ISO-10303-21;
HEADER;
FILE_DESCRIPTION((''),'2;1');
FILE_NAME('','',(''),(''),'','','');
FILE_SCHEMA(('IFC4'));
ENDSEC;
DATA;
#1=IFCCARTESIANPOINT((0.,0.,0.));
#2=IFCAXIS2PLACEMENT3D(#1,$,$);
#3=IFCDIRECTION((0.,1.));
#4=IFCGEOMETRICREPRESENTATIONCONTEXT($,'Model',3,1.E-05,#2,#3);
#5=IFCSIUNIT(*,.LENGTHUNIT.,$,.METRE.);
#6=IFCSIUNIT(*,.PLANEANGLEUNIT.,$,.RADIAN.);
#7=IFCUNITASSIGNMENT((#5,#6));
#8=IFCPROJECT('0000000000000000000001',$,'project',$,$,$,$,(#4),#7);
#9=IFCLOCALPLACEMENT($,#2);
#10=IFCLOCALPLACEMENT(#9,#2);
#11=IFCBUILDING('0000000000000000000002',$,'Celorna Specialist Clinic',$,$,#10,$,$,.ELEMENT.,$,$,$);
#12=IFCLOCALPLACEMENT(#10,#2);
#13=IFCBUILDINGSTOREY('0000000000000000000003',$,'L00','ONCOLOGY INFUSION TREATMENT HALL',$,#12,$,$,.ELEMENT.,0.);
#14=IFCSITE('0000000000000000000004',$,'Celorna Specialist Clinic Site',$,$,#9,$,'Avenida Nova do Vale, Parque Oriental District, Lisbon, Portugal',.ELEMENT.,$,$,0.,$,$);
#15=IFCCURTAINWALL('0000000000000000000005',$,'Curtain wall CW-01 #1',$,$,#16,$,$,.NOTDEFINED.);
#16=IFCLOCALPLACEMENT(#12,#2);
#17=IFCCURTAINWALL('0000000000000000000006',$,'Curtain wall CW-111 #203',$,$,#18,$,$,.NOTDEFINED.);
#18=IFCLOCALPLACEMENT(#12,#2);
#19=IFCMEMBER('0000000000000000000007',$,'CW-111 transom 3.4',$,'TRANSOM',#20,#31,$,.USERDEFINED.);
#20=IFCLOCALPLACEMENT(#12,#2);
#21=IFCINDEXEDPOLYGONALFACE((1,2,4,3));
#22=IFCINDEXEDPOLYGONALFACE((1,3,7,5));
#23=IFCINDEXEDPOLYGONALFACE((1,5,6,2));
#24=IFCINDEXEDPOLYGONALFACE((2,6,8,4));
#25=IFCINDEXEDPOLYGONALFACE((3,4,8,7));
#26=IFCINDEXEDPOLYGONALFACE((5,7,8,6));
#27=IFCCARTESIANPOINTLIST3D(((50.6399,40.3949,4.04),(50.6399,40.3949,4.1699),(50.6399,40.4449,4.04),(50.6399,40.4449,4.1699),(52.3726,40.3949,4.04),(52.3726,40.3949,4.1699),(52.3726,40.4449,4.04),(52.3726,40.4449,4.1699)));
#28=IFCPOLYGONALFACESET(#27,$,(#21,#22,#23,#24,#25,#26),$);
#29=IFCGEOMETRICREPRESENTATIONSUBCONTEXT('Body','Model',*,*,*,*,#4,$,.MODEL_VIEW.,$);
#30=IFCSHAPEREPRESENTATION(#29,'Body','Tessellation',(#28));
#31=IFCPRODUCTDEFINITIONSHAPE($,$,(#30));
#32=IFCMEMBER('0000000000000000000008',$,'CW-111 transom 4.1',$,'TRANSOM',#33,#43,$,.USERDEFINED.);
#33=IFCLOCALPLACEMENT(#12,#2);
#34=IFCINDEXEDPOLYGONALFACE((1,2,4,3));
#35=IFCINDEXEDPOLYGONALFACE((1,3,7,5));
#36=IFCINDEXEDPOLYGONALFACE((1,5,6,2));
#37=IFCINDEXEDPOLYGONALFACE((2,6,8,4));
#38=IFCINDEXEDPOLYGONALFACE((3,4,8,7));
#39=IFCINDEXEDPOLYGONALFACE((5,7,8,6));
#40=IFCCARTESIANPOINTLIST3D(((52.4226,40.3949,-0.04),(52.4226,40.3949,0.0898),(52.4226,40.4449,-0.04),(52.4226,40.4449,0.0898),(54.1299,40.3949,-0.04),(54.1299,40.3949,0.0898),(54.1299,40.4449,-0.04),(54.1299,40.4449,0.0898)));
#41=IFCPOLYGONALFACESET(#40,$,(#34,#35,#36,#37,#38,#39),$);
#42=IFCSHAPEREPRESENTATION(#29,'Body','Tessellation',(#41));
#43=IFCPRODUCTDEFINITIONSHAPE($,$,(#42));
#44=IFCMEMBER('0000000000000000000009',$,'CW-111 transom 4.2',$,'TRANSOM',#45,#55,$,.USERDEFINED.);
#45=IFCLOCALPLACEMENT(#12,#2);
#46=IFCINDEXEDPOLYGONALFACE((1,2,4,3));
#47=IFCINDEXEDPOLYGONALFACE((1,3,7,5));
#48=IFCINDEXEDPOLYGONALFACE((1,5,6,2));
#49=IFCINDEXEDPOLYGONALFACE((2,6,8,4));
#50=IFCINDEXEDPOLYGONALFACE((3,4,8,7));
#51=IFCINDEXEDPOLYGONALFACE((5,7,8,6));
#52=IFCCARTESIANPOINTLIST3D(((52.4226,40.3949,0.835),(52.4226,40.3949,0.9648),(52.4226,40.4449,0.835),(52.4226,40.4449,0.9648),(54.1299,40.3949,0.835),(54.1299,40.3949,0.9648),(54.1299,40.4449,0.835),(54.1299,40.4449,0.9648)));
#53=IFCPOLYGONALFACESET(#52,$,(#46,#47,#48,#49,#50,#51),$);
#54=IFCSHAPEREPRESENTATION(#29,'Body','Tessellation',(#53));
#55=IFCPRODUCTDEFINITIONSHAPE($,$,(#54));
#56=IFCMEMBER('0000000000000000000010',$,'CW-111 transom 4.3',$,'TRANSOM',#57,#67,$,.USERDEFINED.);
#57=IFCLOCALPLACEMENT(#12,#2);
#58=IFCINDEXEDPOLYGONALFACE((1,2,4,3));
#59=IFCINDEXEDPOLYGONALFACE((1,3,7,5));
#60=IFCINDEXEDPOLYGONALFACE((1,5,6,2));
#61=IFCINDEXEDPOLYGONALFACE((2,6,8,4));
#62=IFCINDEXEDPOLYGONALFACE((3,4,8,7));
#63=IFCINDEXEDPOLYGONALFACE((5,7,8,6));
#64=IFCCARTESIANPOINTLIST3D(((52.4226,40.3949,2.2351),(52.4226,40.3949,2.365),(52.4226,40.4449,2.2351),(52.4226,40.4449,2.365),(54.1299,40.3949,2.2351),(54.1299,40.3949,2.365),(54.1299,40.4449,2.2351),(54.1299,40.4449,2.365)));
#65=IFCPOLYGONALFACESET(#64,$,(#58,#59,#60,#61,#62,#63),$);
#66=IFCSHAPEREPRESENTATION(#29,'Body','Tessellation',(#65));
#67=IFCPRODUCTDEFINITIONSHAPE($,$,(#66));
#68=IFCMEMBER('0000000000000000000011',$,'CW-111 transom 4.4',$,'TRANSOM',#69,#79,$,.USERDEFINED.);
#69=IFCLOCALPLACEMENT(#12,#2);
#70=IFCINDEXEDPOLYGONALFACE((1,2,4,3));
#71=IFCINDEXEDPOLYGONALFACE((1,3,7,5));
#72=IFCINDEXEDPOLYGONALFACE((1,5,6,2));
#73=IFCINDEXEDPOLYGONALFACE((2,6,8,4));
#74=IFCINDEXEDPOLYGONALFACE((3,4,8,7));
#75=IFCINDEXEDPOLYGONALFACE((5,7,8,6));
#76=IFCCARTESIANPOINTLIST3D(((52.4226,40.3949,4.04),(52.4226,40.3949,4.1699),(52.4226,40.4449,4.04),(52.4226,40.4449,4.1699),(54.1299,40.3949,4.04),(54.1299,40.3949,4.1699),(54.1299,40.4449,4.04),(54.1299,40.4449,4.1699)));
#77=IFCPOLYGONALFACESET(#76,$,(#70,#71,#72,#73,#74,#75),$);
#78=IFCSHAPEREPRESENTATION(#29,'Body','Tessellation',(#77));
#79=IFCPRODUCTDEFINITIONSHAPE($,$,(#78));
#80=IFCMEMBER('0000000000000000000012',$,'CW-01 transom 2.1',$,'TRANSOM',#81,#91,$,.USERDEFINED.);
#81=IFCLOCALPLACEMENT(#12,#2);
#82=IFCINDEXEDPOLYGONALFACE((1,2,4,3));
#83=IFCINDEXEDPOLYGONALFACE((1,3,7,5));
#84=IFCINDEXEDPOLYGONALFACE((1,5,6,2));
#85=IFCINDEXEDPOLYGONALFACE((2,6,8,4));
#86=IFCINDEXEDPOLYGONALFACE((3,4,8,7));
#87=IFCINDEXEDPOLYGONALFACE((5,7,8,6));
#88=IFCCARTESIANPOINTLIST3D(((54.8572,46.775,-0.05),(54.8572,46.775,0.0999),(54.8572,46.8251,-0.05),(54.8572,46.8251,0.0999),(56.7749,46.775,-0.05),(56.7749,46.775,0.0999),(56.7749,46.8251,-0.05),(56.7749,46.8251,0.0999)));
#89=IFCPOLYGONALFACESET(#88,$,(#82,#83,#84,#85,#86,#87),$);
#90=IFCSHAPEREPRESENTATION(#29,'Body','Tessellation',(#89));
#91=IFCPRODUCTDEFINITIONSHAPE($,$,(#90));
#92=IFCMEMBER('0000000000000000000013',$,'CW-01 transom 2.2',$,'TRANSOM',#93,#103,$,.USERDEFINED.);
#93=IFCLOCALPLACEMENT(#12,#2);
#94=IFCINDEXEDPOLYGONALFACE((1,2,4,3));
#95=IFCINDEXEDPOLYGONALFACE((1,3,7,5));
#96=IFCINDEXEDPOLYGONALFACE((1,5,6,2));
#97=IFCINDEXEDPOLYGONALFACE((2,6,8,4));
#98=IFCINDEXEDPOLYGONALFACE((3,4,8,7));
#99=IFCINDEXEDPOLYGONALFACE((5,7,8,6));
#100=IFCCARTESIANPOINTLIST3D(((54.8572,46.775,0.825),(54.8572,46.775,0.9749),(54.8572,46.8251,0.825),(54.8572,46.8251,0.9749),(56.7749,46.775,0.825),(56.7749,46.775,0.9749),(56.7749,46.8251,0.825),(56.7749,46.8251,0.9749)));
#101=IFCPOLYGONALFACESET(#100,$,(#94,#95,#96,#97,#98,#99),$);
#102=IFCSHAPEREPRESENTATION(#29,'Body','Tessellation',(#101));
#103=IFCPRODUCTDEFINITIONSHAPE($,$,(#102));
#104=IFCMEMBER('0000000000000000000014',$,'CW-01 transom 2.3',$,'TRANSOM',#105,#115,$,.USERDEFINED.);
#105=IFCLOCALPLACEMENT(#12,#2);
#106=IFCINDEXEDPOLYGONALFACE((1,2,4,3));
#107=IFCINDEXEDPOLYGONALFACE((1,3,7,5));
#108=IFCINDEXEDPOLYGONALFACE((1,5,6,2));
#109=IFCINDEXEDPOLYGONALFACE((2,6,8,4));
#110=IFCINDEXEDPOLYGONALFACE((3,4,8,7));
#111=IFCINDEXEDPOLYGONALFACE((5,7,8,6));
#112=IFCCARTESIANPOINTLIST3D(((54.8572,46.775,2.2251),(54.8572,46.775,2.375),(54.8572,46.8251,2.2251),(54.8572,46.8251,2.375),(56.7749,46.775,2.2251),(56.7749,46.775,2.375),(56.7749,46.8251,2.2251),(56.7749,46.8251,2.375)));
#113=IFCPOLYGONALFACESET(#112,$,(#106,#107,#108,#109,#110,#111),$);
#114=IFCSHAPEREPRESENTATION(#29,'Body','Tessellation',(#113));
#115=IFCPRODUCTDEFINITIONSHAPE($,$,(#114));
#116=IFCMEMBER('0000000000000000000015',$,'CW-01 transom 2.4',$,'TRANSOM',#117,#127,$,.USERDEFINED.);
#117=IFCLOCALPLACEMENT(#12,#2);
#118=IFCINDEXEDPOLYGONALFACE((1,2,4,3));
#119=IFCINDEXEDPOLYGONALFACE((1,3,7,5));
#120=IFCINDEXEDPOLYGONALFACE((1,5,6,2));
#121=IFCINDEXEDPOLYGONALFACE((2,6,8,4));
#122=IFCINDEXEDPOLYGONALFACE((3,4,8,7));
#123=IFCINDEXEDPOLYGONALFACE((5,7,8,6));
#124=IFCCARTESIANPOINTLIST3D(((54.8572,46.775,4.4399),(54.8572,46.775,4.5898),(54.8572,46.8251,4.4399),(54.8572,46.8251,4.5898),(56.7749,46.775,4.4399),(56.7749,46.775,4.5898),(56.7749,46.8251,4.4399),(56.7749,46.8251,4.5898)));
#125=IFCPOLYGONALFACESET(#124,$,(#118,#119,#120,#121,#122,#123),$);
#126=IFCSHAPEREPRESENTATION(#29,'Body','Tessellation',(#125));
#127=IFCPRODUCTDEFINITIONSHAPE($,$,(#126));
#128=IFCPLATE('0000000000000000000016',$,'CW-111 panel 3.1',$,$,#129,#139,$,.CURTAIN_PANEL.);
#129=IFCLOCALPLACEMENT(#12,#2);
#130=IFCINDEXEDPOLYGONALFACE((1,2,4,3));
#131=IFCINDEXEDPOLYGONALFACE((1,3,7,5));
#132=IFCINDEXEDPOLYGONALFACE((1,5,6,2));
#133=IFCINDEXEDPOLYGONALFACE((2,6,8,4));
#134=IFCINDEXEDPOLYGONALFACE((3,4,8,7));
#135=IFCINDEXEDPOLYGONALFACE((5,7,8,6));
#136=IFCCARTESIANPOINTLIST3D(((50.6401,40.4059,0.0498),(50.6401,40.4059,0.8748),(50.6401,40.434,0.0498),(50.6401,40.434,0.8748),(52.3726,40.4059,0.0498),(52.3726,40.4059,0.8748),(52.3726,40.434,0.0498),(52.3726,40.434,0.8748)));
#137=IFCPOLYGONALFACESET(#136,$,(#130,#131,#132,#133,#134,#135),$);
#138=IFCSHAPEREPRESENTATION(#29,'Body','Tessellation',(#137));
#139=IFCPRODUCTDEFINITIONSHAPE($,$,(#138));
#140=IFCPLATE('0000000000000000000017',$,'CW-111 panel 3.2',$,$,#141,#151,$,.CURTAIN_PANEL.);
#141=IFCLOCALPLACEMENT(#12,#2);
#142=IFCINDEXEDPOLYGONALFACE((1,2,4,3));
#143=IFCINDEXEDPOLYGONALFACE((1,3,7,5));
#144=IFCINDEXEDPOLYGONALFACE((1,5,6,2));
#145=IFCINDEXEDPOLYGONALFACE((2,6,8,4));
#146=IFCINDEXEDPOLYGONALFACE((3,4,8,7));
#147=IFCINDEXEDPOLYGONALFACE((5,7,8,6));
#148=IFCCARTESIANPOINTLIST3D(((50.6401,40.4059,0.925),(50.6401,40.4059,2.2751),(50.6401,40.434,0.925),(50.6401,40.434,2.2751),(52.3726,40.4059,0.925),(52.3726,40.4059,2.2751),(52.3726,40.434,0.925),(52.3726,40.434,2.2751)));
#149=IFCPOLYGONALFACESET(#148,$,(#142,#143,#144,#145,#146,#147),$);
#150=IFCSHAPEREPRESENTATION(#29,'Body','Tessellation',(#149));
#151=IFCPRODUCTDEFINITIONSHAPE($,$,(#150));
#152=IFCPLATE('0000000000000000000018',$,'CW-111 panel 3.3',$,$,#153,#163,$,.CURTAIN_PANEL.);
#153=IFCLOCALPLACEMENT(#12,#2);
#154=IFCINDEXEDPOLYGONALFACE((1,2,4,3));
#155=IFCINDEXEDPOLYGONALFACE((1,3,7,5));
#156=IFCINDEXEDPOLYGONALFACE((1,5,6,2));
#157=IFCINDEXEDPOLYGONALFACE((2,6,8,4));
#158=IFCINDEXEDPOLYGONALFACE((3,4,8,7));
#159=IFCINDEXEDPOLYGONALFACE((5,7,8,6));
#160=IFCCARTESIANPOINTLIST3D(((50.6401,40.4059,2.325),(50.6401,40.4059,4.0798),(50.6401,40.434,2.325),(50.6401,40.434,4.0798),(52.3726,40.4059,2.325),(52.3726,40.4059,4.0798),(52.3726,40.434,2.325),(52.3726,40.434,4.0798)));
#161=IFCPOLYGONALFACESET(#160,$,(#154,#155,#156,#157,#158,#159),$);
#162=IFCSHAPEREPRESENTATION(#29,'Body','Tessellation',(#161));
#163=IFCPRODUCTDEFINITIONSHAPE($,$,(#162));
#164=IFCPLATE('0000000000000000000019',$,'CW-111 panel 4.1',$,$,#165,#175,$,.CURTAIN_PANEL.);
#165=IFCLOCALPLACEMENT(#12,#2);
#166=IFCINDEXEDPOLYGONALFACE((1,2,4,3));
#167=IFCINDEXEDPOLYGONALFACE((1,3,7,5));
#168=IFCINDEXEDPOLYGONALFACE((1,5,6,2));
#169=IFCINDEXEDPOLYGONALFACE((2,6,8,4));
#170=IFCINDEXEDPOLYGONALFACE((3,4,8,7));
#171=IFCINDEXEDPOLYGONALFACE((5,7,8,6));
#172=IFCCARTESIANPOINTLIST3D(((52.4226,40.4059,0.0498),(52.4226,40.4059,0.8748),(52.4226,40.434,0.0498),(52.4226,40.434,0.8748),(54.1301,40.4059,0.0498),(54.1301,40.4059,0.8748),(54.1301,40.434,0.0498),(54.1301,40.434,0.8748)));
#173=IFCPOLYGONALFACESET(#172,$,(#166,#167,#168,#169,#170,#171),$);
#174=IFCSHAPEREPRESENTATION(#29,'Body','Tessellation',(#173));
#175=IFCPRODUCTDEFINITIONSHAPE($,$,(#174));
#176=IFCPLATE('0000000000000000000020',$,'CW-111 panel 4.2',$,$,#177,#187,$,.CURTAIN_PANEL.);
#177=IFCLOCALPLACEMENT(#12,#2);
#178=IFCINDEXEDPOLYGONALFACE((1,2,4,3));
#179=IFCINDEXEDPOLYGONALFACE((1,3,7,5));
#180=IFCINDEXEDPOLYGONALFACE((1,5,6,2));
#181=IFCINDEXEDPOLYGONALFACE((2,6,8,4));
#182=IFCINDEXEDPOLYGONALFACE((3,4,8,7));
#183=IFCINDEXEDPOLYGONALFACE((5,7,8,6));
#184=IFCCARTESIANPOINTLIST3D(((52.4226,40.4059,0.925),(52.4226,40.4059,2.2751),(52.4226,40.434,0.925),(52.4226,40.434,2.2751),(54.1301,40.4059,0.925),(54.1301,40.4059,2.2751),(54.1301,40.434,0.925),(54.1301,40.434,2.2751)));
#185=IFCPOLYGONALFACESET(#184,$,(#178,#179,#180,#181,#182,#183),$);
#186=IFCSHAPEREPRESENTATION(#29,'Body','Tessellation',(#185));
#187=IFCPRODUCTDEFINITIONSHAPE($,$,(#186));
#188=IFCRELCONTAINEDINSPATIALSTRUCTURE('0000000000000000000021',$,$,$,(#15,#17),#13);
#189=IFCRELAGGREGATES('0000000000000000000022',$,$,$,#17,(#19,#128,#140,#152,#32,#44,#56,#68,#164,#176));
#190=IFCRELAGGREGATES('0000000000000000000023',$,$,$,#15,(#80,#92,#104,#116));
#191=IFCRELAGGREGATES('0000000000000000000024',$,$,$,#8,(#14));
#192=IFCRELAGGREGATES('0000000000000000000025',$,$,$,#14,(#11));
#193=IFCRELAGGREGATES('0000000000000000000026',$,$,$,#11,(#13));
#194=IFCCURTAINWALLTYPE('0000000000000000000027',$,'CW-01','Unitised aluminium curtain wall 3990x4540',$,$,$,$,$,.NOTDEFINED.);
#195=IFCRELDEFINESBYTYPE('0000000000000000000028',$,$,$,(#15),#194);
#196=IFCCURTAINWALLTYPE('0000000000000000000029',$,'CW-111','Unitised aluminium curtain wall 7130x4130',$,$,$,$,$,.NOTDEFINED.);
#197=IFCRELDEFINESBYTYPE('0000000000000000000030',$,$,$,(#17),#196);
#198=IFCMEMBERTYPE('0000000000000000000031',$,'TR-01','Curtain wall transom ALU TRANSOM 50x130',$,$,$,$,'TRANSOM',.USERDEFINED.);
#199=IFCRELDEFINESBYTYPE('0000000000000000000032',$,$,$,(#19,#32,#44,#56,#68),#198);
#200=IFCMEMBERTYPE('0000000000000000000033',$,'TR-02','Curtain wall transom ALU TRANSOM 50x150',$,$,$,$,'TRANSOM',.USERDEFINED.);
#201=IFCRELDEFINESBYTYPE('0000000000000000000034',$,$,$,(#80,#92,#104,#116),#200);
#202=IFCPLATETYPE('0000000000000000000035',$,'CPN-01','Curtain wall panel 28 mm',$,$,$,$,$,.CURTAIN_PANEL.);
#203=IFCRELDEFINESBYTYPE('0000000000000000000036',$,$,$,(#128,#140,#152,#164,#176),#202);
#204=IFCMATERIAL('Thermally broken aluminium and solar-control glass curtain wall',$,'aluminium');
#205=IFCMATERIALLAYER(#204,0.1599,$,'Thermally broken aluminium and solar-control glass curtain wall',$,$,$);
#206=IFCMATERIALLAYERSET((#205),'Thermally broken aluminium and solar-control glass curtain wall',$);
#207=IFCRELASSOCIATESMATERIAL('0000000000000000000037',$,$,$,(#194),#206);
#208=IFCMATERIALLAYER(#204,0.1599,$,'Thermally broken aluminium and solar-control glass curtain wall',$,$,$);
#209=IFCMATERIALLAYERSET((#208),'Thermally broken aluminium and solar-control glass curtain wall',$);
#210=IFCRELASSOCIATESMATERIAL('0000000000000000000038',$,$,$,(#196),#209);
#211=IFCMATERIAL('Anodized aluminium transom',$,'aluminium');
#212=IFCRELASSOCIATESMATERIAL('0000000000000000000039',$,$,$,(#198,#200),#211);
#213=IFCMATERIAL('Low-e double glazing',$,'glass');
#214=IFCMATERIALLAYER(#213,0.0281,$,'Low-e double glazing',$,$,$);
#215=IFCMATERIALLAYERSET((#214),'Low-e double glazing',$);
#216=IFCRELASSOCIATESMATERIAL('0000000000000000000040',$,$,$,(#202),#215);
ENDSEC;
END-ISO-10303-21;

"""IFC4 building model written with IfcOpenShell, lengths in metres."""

from ifc_helpers import new_model, si_unit, direction, frame, origin, origin_2d, place, context, subcontext, project, spatial, rectangle, extrude, material, layer, layer_set, material_profile, profile_set, type_object, element, aggregate, save


model = new_model("IFC4")

# Units and contexts
model_context = context("Model", 3, precision=1e-05, world=origin(), true_north=direction((0.0, 1.0)))
body_context = subcontext(model_context, "Body", "Model", "MODEL_VIEW")
ifc_project = project(units=[si_unit("LENGTHUNIT", "METRE"), si_unit("PLANEANGLEUNIT", "RADIAN")], contexts=[model_context])

# Site, building, storey
site_placement = place(None, origin())
site = spatial("IfcSite", under=ifc_project, at=site_placement, Name="Celorna Specialist Clinic Site", LongName="Avenida Nova do Vale, Parque Oriental District, Lisbon, Portugal", CompositionType="ELEMENT", RefElevation=0.0)
building_placement = place(site_placement, origin())
building = spatial("IfcBuilding", under=site, at=building_placement, Name="Celorna Specialist Clinic", CompositionType="ELEMENT")
storey_placement = place(building_placement, origin())
storey = spatial("IfcBuildingStorey", under=building, at=storey_placement, Name="L00", Description="ONCOLOGY INFUSION TREATMENT HALL", CompositionType="ELEMENT", Elevation=0.0)

# Curtain walls, members
ifc_material_1 = material(Name="Thermally broken aluminium and solar-control glass curtain wall", Category="aluminium")
ifc_layer_1 = layer(ifc_material_1, 0.1599, Name="Thermally broken aluminium and solar-control glass curtain wall")
ifc_layer_set_1 = layer_set([ifc_layer_1], Name="Thermally broken aluminium and solar-control glass curtain wall")
curtain_wall_type_1 = type_object("IfcCurtainWallType", Name="CW-01", Description="Unitised aluminium curtain wall 3990x4540", PredefinedType="NOTDEFINED", material=ifc_layer_set_1)
curtain_wall_1_placement = place(storey_placement, origin())
curtain_wall_1 = element("IfcCurtainWall", 1, at=curtain_wall_1_placement, inside=storey, type_object=curtain_wall_type_1, Name="Curtain wall CW-01 #1", PredefinedType="NOTDEFINED")
ifc_layer_2 = layer(ifc_material_1, 0.1599, Name="Thermally broken aluminium and solar-control glass curtain wall")
ifc_layer_set_2 = layer_set([ifc_layer_2], Name="Thermally broken aluminium and solar-control glass curtain wall")
curtain_wall_type_2 = type_object("IfcCurtainWallType", Name="CW-111", Description="Unitised aluminium curtain wall 7130x4130", PredefinedType="NOTDEFINED", material=ifc_layer_set_2)
curtain_wall_2_placement = place(storey_placement, origin())
curtain_wall_2 = element("IfcCurtainWall", 2, at=curtain_wall_2_placement, inside=storey, type_object=curtain_wall_type_2, Name="Curtain wall CW-111 #203", PredefinedType="NOTDEFINED")
ifc_material_2 = material(Name="Anodized aluminium transom", Category="aluminium")
ifc_material_profile_1 = material_profile(ifc_material_2, rectangle(XDim=0.05, YDim=0.1299, at=origin_2d()), Name="ALU TRANSOM 50x130")
ifc_profile_set_1 = profile_set([ifc_material_profile_1], Name="Anodized aluminium transom")
member_type_1 = type_object("IfcMemberType", Name="TR-01", Description="Curtain wall transom ALU TRANSOM 50x130", ElementType="TRANSOM", PredefinedType="USERDEFINED", material=ifc_profile_set_1)
member_1_placement = place(storey_placement, frame((50.6399, 40.4199, 4.105), z_axis=(1.0, 0.0, 0.0), x_axis=(0.0, 1.0, 0.0)))
member_1 = element("IfcMember", 3, at=member_1_placement, type_object=member_type_1, Name="CW-111 transom 3.4", ObjectType="TRANSOM", PredefinedType="USERDEFINED", context=body_context, shape_type="SweptSolid", body=[
    extrude(rectangle(XDim=0.05, YDim=0.1299, at=origin_2d()), origin(), (0.0, 0.0, 1.0), 1.7327),
])
member_2_placement = place(storey_placement, frame((52.4226, 40.4199, 0.0249), z_axis=(1.0, 0.0, 0.0), x_axis=(0.0, 1.0, 0.0)))
member_2 = element("IfcMember", 4, at=member_2_placement, type_object=member_type_1, Name="CW-111 transom 4.1", ObjectType="TRANSOM", PredefinedType="USERDEFINED", context=body_context, shape_type="SweptSolid", body=[
    extrude(rectangle(XDim=0.05, YDim=0.1299, at=origin_2d()), origin(), (0.0, 0.0, 1.0), 1.7073),
])
member_3_placement = place(storey_placement, frame((52.4226, 40.4199, 0.8999), z_axis=(1.0, 0.0, 0.0), x_axis=(0.0, 1.0, 0.0)))
member_3 = element("IfcMember", 5, at=member_3_placement, type_object=member_type_1, Name="CW-111 transom 4.2", ObjectType="TRANSOM", PredefinedType="USERDEFINED", context=body_context, shape_type="SweptSolid", body=[
    extrude(rectangle(XDim=0.05, YDim=0.1299, at=origin_2d()), origin(), (0.0, 0.0, 1.0), 1.7073),
])
member_4_placement = place(storey_placement, frame((52.4226, 40.4199, 2.3), z_axis=(1.0, 0.0, 0.0), x_axis=(0.0, 1.0, 0.0)))
member_4 = element("IfcMember", 6, at=member_4_placement, type_object=member_type_1, Name="CW-111 transom 4.3", ObjectType="TRANSOM", PredefinedType="USERDEFINED", context=body_context, shape_type="SweptSolid", body=[
    extrude(rectangle(XDim=0.05, YDim=0.1299, at=origin_2d()), origin(), (0.0, 0.0, 1.0), 1.7073),
])
member_5_placement = place(storey_placement, frame((52.4226, 40.4199, 4.105), z_axis=(1.0, 0.0, 0.0), x_axis=(0.0, 1.0, 0.0)))
member_5 = element("IfcMember", 7, at=member_5_placement, type_object=member_type_1, Name="CW-111 transom 4.4", ObjectType="TRANSOM", PredefinedType="USERDEFINED", context=body_context, shape_type="SweptSolid", body=[
    extrude(rectangle(XDim=0.05, YDim=0.1299, at=origin_2d()), origin(), (0.0, 0.0, 1.0), 1.7073),
])

# Members
ifc_material_profile_2 = material_profile(ifc_material_2, rectangle(XDim=0.05, YDim=0.1499, at=origin_2d()), Name="ALU TRANSOM 50x150")
ifc_profile_set_2 = profile_set([ifc_material_profile_2], Name="Anodized aluminium transom")
member_type_2 = type_object("IfcMemberType", Name="TR-02", Description="Curtain wall transom ALU TRANSOM 50x150", ElementType="TRANSOM", PredefinedType="USERDEFINED", material=ifc_profile_set_2)
member_6_placement = place(storey_placement, frame((56.7749, 46.8, 0.0249), z_axis=(-1.0, 0.0, 0.0), x_axis=(0.0, -1.0, 0.0)))
member_6 = element("IfcMember", 8, at=member_6_placement, type_object=member_type_2, Name="CW-01 transom 2.1", ObjectType="TRANSOM", PredefinedType="USERDEFINED", context=body_context, shape_type="SweptSolid", body=[
    extrude(rectangle(XDim=0.05, YDim=0.1499, at=origin_2d()), origin(), (0.0, 0.0, 1.0), 1.9177),
])
member_7_placement = place(storey_placement, frame((56.7749, 46.8, 0.8999), z_axis=(-1.0, 0.0, 0.0), x_axis=(0.0, -1.0, 0.0)))
member_7 = element("IfcMember", 9, at=member_7_placement, type_object=member_type_2, Name="CW-01 transom 2.2", ObjectType="TRANSOM", PredefinedType="USERDEFINED", context=body_context, shape_type="SweptSolid", body=[
    extrude(rectangle(XDim=0.05, YDim=0.1499, at=origin_2d()), origin(), (0.0, 0.0, 1.0), 1.9177),
])
member_8_placement = place(storey_placement, frame((56.7749, 46.8, 2.3), z_axis=(-1.0, 0.0, 0.0), x_axis=(0.0, -1.0, 0.0)))
member_8 = element("IfcMember", 10, at=member_8_placement, type_object=member_type_2, Name="CW-01 transom 2.3", ObjectType="TRANSOM", PredefinedType="USERDEFINED", context=body_context, shape_type="SweptSolid", body=[
    extrude(rectangle(XDim=0.05, YDim=0.1499, at=origin_2d()), origin(), (0.0, 0.0, 1.0), 1.9177),
])
member_9_placement = place(storey_placement, frame((56.7749, 46.8, 4.5149), z_axis=(-1.0, 0.0, 0.0), x_axis=(0.0, -1.0, 0.0)))
member_9 = element("IfcMember", 11, at=member_9_placement, type_object=member_type_2, Name="CW-01 transom 2.4", ObjectType="TRANSOM", PredefinedType="USERDEFINED", context=body_context, shape_type="SweptSolid", body=[
    extrude(rectangle(XDim=0.05, YDim=0.1499, at=origin_2d()), origin(), (0.0, 0.0, 1.0), 1.9177),
])

# Plates
ifc_material_3 = material(Name="Low-e double glazing", Category="glass")
ifc_layer_3 = layer(ifc_material_3, 0.0281, Name="Low-e double glazing")
ifc_layer_set_3 = layer_set([ifc_layer_3], Name="Low-e double glazing")
plate_type_1 = type_object("IfcPlateType", Name="CPN-01", Description="Curtain wall panel 28 mm", PredefinedType="CURTAIN_PANEL", material=ifc_layer_set_3)
plate_1_placement = place(storey_placement, frame((51.5063, 40.4199, 0.0498), z_axis=(0.0, 0.0, 1.0), x_axis=(1.0, 0.0, 0.0)))
plate_1 = element("IfcPlate", 12, at=plate_1_placement, type_object=plate_type_1, Name="CW-111 panel 3.1", PredefinedType="CURTAIN_PANEL", context=body_context, shape_type="SweptSolid", body=[
    extrude(rectangle(XDim=1.7324, YDim=0.0281, at=origin_2d()), origin(), (0.0, 0.0, 1.0), 0.825),
])
plate_2_placement = place(storey_placement, frame((51.5063, 40.4199, 0.925), z_axis=(0.0, 0.0, 1.0), x_axis=(1.0, 0.0, 0.0)))
plate_2 = element("IfcPlate", 13, at=plate_2_placement, type_object=plate_type_1, Name="CW-111 panel 3.2", PredefinedType="CURTAIN_PANEL", context=body_context, shape_type="SweptSolid", body=[
    extrude(rectangle(XDim=1.7324, YDim=0.0281, at=origin_2d()), origin(), (0.0, 0.0, 1.0), 1.3501),
])
plate_3_placement = place(storey_placement, frame((51.5063, 40.4199, 2.325), z_axis=(0.0, 0.0, 1.0), x_axis=(1.0, 0.0, 0.0)))
plate_3 = element("IfcPlate", 14, at=plate_3_placement, type_object=plate_type_1, Name="CW-111 panel 3.3", PredefinedType="CURTAIN_PANEL", context=body_context, shape_type="SweptSolid", body=[
    extrude(rectangle(XDim=1.7324, YDim=0.0281, at=origin_2d()), origin(), (0.0, 0.0, 1.0), 1.7549),
])
plate_4_placement = place(storey_placement, frame((53.2764, 40.4199, 0.0498), z_axis=(0.0, 0.0, 1.0), x_axis=(1.0, 0.0, 0.0)))
plate_4 = element("IfcPlate", 15, at=plate_4_placement, type_object=plate_type_1, Name="CW-111 panel 4.1", PredefinedType="CURTAIN_PANEL", context=body_context, shape_type="SweptSolid", body=[
    extrude(rectangle(XDim=1.7075, YDim=0.0281, at=origin_2d()), origin(), (0.0, 0.0, 1.0), 0.825),
])
plate_5_placement = place(storey_placement, frame((53.2764, 40.4199, 0.925), z_axis=(0.0, 0.0, 1.0), x_axis=(1.0, 0.0, 0.0)))
plate_5 = element("IfcPlate", 16, at=plate_5_placement, type_object=plate_type_1, Name="CW-111 panel 4.2", PredefinedType="CURTAIN_PANEL", context=body_context, shape_type="SweptSolid", body=[
    extrude(rectangle(XDim=1.7075, YDim=0.0281, at=origin_2d()), origin(), (0.0, 0.0, 1.0), 1.3501),
])
aggregate(curtain_wall_2, [member_1, plate_1, plate_2, plate_3, member_2, member_3, member_4, member_5, plate_4, plate_5])
aggregate(curtain_wall_1, [member_6, member_7, member_8, member_9])

save(model, "model.ifc")
